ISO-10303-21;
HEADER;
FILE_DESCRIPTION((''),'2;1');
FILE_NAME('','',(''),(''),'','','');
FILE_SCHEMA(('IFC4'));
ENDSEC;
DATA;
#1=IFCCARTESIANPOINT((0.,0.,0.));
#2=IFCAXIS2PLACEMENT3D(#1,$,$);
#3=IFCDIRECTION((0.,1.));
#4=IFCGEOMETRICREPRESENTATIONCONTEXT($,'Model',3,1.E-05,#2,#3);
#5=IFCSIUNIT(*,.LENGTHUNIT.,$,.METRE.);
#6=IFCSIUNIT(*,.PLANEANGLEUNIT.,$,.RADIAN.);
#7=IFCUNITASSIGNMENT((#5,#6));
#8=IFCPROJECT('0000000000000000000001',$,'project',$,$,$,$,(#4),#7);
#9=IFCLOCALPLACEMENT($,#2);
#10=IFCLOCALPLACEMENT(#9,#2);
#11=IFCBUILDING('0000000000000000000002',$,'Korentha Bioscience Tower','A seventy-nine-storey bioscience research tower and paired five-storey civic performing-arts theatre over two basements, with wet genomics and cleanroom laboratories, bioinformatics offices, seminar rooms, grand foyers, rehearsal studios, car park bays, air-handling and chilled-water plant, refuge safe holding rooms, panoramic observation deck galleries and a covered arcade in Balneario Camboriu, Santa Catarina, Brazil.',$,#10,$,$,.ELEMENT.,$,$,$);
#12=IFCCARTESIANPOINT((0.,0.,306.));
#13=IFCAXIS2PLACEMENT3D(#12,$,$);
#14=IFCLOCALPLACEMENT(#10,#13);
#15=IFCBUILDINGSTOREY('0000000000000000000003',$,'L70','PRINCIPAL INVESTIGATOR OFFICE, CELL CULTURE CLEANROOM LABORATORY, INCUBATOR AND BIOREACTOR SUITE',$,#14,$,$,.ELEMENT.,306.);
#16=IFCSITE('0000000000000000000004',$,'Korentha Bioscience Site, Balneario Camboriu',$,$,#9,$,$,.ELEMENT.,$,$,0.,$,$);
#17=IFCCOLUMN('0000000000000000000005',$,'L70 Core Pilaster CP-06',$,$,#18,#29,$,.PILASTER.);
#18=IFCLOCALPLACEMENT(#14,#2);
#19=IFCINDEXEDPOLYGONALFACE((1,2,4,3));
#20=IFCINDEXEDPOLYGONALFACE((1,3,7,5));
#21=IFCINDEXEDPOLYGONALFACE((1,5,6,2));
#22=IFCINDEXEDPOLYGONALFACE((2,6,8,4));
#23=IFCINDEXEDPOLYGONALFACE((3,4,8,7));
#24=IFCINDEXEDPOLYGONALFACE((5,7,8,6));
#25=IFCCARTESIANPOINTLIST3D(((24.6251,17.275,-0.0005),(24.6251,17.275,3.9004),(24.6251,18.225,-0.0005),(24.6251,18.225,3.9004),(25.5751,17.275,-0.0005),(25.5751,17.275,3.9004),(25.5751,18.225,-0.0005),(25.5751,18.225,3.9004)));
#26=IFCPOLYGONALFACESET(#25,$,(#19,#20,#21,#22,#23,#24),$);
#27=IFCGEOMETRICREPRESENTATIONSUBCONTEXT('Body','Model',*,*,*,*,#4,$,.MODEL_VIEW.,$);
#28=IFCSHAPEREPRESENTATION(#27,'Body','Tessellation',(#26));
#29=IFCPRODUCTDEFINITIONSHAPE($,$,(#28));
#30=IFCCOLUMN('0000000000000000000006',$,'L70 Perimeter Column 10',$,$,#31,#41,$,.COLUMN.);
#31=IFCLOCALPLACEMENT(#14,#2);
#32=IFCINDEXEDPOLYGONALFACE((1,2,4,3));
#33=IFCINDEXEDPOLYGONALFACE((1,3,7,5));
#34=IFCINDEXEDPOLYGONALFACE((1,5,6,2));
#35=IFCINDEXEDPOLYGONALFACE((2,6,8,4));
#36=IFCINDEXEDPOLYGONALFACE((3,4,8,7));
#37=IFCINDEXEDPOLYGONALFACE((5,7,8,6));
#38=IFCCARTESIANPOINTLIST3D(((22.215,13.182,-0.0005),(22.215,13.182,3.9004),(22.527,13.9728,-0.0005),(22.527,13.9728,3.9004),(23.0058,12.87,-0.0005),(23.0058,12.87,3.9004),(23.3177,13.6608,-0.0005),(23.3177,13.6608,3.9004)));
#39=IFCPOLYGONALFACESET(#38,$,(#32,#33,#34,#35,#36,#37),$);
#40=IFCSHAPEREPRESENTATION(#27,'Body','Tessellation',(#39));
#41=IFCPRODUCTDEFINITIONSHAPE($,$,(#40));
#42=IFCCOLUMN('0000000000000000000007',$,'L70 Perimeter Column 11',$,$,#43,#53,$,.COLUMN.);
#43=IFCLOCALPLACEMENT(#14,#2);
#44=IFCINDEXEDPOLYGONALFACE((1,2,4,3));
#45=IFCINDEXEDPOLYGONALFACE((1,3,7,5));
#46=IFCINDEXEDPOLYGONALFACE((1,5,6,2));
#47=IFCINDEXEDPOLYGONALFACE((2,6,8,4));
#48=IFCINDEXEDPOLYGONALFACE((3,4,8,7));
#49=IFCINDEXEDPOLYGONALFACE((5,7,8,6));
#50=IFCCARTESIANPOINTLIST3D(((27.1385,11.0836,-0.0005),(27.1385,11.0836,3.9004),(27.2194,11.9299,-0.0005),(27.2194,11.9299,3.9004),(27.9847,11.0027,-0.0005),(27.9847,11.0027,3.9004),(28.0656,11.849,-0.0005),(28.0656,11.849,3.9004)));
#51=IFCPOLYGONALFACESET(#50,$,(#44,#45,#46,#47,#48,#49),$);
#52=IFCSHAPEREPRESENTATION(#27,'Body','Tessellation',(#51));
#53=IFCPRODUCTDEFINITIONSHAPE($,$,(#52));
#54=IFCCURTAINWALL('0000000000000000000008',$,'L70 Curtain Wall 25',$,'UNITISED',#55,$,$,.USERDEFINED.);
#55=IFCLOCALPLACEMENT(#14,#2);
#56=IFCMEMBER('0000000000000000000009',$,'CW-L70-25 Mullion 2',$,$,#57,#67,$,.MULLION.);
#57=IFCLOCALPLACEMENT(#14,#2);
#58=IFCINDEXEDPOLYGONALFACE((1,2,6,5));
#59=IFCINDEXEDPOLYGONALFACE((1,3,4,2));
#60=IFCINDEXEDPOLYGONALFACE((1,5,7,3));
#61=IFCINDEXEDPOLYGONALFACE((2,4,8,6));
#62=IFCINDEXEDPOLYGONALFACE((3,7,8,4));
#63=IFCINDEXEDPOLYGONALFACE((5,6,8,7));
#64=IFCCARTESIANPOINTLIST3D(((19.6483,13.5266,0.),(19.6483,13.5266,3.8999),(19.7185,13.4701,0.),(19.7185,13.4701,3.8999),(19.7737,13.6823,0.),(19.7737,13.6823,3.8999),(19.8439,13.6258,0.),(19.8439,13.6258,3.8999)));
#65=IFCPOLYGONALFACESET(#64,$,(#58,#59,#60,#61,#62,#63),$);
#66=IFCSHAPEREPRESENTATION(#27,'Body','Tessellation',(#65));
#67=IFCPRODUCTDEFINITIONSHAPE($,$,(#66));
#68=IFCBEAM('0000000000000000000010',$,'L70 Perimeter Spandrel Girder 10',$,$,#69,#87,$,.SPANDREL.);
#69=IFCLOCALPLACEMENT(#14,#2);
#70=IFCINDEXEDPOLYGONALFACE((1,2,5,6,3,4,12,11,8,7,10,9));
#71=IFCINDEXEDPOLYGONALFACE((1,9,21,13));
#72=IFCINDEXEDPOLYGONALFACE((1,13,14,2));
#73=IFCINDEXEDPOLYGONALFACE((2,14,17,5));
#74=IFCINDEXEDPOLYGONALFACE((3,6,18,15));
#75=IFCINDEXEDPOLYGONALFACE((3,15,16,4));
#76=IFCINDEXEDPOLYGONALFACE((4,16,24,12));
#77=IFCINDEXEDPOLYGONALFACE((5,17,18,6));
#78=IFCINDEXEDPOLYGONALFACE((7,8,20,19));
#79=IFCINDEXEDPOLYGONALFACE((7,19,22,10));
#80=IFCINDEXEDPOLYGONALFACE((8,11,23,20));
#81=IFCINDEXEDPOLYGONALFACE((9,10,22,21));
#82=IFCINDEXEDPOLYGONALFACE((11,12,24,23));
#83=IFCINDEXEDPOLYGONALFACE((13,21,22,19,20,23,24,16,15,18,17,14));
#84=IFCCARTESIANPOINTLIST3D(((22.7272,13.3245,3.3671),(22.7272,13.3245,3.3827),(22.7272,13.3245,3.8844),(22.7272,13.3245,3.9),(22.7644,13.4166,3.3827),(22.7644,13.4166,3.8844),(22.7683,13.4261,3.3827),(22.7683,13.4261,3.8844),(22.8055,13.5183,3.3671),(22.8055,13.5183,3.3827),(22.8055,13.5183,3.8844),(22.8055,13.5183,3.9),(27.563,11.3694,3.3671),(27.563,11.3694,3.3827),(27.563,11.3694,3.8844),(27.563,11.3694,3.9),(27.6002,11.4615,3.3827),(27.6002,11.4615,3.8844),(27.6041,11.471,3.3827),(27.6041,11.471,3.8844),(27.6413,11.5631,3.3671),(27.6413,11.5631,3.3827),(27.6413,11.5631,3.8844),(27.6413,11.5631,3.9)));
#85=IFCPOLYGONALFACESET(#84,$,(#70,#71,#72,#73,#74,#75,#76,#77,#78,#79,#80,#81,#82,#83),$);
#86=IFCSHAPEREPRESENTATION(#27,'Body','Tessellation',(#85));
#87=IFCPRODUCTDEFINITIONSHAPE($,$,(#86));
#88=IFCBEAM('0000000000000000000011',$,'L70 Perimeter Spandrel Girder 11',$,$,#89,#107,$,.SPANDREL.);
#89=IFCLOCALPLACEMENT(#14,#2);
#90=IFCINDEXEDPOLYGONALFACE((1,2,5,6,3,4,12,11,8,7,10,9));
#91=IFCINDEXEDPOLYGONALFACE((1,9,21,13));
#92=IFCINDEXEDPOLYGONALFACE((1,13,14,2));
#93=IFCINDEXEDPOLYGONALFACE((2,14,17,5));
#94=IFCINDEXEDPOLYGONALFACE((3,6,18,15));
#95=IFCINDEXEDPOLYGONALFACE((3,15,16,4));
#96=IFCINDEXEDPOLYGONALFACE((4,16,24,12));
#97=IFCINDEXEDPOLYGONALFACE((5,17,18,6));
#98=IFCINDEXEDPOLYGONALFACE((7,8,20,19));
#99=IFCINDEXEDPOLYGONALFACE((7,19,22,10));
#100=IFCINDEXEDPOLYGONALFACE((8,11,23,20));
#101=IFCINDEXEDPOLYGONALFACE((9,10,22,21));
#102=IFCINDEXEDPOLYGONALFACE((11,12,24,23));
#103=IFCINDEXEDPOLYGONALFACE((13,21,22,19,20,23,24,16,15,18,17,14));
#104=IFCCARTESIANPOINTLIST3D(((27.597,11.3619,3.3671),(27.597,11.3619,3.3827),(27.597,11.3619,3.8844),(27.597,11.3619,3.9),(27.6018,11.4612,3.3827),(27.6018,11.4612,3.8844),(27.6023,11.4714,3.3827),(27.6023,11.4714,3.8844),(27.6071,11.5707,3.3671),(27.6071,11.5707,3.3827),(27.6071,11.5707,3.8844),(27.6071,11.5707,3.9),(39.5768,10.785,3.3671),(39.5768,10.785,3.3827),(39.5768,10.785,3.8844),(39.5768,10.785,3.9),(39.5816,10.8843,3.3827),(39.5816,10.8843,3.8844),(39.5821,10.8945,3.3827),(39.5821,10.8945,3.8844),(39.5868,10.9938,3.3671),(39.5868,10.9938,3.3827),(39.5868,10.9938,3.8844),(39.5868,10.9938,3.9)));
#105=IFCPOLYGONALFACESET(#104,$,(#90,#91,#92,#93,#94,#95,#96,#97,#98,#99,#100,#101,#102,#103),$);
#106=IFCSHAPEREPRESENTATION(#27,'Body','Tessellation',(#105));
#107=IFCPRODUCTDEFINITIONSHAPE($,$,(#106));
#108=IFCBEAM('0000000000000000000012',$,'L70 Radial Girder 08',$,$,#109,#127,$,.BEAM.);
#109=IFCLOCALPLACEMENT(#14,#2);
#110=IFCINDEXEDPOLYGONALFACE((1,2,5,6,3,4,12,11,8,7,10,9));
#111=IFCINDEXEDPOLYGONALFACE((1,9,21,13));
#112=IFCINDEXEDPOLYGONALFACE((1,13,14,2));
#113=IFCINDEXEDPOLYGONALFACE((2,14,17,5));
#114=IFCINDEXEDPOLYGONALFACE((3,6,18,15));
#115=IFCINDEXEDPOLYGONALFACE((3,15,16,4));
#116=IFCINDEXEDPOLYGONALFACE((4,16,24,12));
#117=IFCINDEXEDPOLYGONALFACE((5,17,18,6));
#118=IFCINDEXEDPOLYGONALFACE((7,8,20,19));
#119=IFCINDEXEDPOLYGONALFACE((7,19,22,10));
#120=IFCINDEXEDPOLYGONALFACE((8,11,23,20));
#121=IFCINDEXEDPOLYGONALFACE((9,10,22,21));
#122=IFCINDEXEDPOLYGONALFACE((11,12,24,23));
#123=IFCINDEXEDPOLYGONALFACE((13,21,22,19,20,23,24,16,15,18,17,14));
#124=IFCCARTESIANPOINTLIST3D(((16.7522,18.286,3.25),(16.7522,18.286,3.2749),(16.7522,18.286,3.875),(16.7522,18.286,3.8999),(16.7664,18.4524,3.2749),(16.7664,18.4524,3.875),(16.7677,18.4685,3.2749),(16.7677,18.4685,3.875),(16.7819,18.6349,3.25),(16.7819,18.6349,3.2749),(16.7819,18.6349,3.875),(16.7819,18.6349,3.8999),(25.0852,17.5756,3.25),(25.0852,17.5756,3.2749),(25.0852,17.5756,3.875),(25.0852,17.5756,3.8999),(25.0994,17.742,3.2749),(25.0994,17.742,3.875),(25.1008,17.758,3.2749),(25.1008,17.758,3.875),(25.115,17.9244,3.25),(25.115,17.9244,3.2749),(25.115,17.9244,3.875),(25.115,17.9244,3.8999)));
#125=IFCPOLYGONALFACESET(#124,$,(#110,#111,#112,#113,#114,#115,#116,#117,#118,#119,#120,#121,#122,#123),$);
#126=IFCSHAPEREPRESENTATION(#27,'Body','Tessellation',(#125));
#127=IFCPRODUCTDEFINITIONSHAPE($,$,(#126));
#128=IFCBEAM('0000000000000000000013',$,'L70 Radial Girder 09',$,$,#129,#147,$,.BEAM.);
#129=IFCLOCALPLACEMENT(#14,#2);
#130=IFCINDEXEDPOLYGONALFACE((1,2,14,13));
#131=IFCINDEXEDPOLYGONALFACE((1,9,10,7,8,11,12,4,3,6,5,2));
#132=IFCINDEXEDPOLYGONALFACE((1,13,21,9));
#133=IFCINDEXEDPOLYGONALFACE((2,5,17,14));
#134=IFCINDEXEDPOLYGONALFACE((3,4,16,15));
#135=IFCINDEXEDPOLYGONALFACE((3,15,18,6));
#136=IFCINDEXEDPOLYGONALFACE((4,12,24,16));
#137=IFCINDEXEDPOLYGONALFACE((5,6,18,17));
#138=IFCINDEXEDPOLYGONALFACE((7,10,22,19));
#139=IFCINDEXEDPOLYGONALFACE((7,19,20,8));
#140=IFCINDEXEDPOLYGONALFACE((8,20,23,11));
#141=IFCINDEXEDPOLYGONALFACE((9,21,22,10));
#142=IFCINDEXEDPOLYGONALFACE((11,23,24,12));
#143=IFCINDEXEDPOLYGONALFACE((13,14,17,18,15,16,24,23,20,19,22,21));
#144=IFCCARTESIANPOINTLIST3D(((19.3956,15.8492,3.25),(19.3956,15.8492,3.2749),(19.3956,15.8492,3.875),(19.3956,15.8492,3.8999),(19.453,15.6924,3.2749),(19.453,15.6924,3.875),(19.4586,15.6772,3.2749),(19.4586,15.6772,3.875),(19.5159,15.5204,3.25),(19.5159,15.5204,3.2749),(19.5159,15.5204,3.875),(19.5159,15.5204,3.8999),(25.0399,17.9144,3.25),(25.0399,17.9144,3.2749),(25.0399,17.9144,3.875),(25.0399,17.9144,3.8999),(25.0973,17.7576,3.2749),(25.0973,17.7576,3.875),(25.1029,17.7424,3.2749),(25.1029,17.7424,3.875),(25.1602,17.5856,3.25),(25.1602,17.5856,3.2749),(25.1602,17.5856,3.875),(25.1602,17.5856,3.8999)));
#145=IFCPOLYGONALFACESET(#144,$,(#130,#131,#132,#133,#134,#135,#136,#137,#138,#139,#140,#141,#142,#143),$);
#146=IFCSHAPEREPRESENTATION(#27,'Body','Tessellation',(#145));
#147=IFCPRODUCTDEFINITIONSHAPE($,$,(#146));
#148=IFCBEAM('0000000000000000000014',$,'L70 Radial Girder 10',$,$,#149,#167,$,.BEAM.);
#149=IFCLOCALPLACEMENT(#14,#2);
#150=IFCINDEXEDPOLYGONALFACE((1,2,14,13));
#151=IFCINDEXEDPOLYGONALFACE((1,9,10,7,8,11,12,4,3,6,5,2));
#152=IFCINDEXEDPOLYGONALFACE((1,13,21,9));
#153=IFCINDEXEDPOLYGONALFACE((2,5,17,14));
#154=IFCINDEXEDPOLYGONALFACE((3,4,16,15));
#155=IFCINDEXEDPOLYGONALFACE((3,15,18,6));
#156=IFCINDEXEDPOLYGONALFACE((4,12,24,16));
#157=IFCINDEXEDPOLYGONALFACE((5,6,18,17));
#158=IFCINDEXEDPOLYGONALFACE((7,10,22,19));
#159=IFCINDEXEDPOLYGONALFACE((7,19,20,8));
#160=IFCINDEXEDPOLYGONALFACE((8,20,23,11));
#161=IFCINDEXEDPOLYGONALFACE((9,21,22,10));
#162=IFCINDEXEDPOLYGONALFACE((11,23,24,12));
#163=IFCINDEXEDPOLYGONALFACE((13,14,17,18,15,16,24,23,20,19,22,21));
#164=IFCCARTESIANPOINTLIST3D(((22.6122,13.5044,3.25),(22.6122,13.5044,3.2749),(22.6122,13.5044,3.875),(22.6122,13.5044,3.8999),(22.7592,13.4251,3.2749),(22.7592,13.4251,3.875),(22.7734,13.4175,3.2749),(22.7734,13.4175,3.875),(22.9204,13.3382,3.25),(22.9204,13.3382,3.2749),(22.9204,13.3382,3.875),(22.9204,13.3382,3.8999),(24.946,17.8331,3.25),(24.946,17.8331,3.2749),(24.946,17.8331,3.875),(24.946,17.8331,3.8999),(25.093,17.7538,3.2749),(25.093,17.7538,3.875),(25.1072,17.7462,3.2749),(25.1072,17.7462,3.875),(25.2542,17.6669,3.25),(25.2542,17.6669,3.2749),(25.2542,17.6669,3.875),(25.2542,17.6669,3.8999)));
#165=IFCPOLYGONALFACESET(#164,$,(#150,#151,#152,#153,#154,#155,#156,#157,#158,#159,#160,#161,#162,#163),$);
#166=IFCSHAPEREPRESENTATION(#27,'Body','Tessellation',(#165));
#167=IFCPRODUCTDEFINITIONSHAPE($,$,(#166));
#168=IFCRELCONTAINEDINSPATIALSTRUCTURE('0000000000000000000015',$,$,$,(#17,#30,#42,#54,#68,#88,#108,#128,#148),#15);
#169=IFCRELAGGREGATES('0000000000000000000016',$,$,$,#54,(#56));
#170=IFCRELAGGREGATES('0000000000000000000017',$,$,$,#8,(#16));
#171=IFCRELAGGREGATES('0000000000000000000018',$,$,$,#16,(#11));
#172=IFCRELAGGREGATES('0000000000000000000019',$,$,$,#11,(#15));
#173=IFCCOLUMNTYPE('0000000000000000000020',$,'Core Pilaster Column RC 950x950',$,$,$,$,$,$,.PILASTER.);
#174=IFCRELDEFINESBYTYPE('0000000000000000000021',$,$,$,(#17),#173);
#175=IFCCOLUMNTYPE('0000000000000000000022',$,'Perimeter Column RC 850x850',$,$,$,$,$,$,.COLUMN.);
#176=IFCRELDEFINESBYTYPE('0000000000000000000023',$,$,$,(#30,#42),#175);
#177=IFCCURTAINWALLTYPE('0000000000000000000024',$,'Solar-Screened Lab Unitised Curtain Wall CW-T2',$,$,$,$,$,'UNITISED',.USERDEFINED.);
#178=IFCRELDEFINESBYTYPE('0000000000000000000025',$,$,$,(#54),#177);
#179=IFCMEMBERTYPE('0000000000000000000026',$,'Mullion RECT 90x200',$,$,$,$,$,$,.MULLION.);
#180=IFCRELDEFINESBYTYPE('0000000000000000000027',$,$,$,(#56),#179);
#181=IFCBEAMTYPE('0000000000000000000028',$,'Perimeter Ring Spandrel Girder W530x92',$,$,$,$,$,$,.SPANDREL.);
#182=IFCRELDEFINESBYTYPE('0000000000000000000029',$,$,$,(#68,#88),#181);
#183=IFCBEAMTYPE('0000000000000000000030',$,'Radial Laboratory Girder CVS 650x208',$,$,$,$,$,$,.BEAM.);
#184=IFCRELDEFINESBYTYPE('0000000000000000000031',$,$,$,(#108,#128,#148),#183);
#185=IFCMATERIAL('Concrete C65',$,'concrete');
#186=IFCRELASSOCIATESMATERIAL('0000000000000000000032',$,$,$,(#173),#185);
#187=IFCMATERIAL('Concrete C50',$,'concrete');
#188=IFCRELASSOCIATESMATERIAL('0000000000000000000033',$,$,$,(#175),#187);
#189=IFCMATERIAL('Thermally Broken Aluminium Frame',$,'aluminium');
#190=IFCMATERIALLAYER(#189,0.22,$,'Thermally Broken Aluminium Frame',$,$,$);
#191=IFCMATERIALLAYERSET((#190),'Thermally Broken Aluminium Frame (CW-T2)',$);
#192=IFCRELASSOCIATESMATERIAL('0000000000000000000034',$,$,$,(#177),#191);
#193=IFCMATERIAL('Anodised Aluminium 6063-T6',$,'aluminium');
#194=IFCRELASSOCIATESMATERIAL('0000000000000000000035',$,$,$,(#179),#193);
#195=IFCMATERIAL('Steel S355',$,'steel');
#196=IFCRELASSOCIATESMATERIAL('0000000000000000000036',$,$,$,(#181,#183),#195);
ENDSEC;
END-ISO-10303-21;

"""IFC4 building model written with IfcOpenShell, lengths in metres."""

from ifc_helpers import new_model, si_unit, direction, frame, origin, origin_2d, place, context, subcontext, project, spatial, rectangle, i_section, extrude, material, layer, layer_set, material_profile, profile_set, type_object, element, aggregate, save


model = new_model("IFC4")

# Units and contexts
model_context = context("Model", 3, precision=1e-05, world=origin(), true_north=direction((0.0, 1.0)))
body_context = subcontext(model_context, "Body", "Model", "MODEL_VIEW")
ifc_project = project(units=[si_unit("LENGTHUNIT", "METRE"), si_unit("PLANEANGLEUNIT", "RADIAN")], contexts=[model_context])

# Site, building, storey
site_placement = place(None, origin())
site = spatial("IfcSite", under=ifc_project, at=site_placement, Name="Korentha Bioscience Site, Balneario Camboriu", CompositionType="ELEMENT", RefElevation=0.0)
building_placement = place(site_placement, origin())
building = spatial("IfcBuilding", under=site, at=building_placement, Name="Korentha Bioscience Tower", Description="A seventy-nine-storey bioscience research tower and paired five-storey civic performing-arts theatre over two basements, with wet genomics and cleanroom laboratories, bioinformatics offices, seminar rooms, grand foyers, rehearsal studios, car park bays, air-handling and chilled-water plant, refuge safe holding rooms, panoramic observation deck galleries and a covered arcade in Balneario Camboriu, Santa Catarina, Brazil.", CompositionType="ELEMENT")
storey_placement = place(building_placement, frame((0.0, 0.0, 306.0)))
storey = spatial("IfcBuildingStorey", under=building, at=storey_placement, Name="L70", Description="PRINCIPAL INVESTIGATOR OFFICE, CELL CULTURE CLEANROOM LABORATORY, INCUBATOR AND BIOREACTOR SUITE", CompositionType="ELEMENT", Elevation=306.0)

# Columns
ifc_material_1 = material(Name="Concrete C65", Category="concrete")
ifc_material_profile_1 = material_profile(ifc_material_1, rectangle(XDim=0.95, YDim=0.95, at=origin_2d()), Name="Concrete C65")
ifc_profile_set_1 = profile_set([ifc_material_profile_1], Name="Concrete C65 (COL-CP09)")
column_type_1 = type_object("IfcColumnType", Name="Core Pilaster Column RC 950x950", PredefinedType="PILASTER", material=ifc_profile_set_1)
column_placement = place(storey_placement, frame((25.1001, 17.75, -0.0005), z_axis=(0.0, 0.0, 1.0), x_axis=(1.0, 0.0, 0.0)))
element("IfcColumn", 1, at=column_placement, inside=storey, type_object=column_type_1, Name="L70 Core Pilaster CP-06", PredefinedType="PILASTER", context=body_context, shape_type="SweptSolid", body=[
    extrude(rectangle(XDim=0.95, YDim=0.95, at=origin_2d()), origin(), (0.0, 0.0, 1.0), 3.9009),
])
ifc_material_2 = material(Name="Concrete C50", Category="concrete")
ifc_material_profile_2 = material_profile(ifc_material_2, rectangle(XDim=0.8501, YDim=0.8501, at=origin_2d()), Name="Concrete C50")
ifc_profile_set_2 = profile_set([ifc_material_profile_2], Name="Concrete C50 (COL-P08)")
column_type_2 = type_object("IfcColumnType", Name="Perimeter Column RC 850x850", PredefinedType="COLUMN", material=ifc_profile_set_2)
for number, where, z_axis, x_axis, name in (
    (2, (22.7664, 13.4214, -0.0005), (0.0, 0.0, 1.0), (-0.930226, 0.366988, 0.0), "L70 Perimeter Column 10"),
    (3, (27.6021, 11.4663, -0.0005), (0.0, 0.0, 1.0), (-0.995463, 0.095151, 0.0), "L70 Perimeter Column 11"),
):
    element("IfcColumn", number, at=place(storey_placement, frame(where, z_axis=z_axis, x_axis=x_axis)), inside=storey, type_object=column_type_2, Name=name, PredefinedType="COLUMN", context=body_context, shape_type="SweptSolid", body=[
        extrude(rectangle(XDim=0.8501, YDim=0.8501, at=origin_2d()), origin(), (0.0, 0.0, 1.0), 3.9009),
    ])

# Curtain wall, member
ifc_material_3 = material(Name="Thermally Broken Aluminium Frame", Category="aluminium")
ifc_layer_1 = layer(ifc_material_3, 0.22, Name="Thermally Broken Aluminium Frame")
ifc_layer_set_1 = layer_set([ifc_layer_1], Name="Thermally Broken Aluminium Frame (CW-T2)")
curtain_wall_type = type_object("IfcCurtainWallType", Name="Solar-Screened Lab Unitised Curtain Wall CW-T2", ElementType="UNITISED", PredefinedType="USERDEFINED", material=ifc_layer_set_1)
curtain_wall_placement = place(storey_placement, origin())
curtain_wall = element("IfcCurtainWall", 4, at=curtain_wall_placement, inside=storey, type_object=curtain_wall_type, Name="L70 Curtain Wall 25", ObjectType="UNITISED", PredefinedType="USERDEFINED")
ifc_material_4 = material(Name="Anodised Aluminium 6063-T6", Category="aluminium")
ifc_material_profile_3 = material_profile(ifc_material_4, rectangle(XDim=0.0901, YDim=0.2, at=origin_2d()), Name="Anodised Aluminium 6063-T6")
ifc_profile_set_3 = profile_set([ifc_material_profile_3], Name="Anodised Aluminium 6063-T6 (CW-MUL)")
member_type = type_object("IfcMemberType", Name="Mullion RECT 90x200", PredefinedType="MULLION", material=ifc_profile_set_3)
member_placement = place(storey_placement, frame((19.7461, 13.5762, 0.0), z_axis=(0.0, 0.0, 1.0), x_axis=(0.778807, -0.627264, 0.0)))
member = element("IfcMember", 5, at=member_placement, type_object=member_type, Name="CW-L70-25 Mullion 2", PredefinedType="MULLION", context=body_context, shape_type="SweptSolid", body=[
    extrude(rectangle(XDim=0.0901, YDim=0.2, at=origin_2d()), origin(), (0.0, 0.0, 1.0), 3.8999),
])
aggregate(curtain_wall, [member])

# Beams
ifc_material_5 = material(Name="Steel S355", Category="steel")
ifc_material_profile_4 = material_profile(ifc_material_5, i_section(OverallWidth=0.209, OverallDepth=0.533, WebThickness=0.0103, FlangeThickness=0.0156, at=origin_2d()), Name="Steel S355")
ifc_profile_set_4 = profile_set([ifc_material_profile_4], Name="Steel S355 (SB-530)")
beam_type_1 = type_object("IfcBeamType", Name="Perimeter Ring Spandrel Girder W530x92", PredefinedType="SPANDREL", material=ifc_profile_set_4)
beam_1_placement = place(storey_placement, frame((22.7664, 13.4214, 3.6335), z_axis=(0.927095, -0.374826, 0.0), x_axis=(0.374826, 0.927095, 0.0)))
element("IfcBeam", 6, at=beam_1_placement, inside=storey, type_object=beam_type_1, Name="L70 Perimeter Spandrel Girder 10", PredefinedType="SPANDREL", context=body_context, shape_type="SweptSolid", body=[
    extrude(i_section(OverallWidth=0.209, OverallDepth=0.533, WebThickness=0.0103, FlangeThickness=0.0156, at=origin_2d()), origin(), (0.0, 0.0, 1.0), 5.2161),
])
beam_2_placement = place(storey_placement, frame((27.6021, 11.4663, 3.6335), z_axis=(0.998842, -0.048101, 0.0), x_axis=(0.048101, 0.998842, 0.0)))
element("IfcBeam", 7, at=beam_2_placement, inside=storey, type_object=beam_type_1, Name="L70 Perimeter Spandrel Girder 11", PredefinedType="SPANDREL", context=body_context, shape_type="SweptSolid", body=[
    extrude(i_section(OverallWidth=0.209, OverallDepth=0.533, WebThickness=0.0103, FlangeThickness=0.0156, at=origin_2d()), origin(), (0.0, 0.0, 1.0), 11.9937),
])
ifc_material_profile_5 = material_profile(ifc_material_5, i_section(OverallWidth=0.3501, OverallDepth=0.6499, WebThickness=0.0161, FlangeThickness=0.0249, at=origin_2d()), Name="Steel S355")
ifc_profile_set_5 = profile_set([ifc_material_profile_5], Name="Steel S355 (RB-650)")
beam_type_2 = type_object("IfcBeamType", Name="Radial Laboratory Girder CVS 650x208", PredefinedType="BEAM", material=ifc_profile_set_5)
beam_3_placement = place(storey_placement, frame((25.1001, 17.75, 3.575), z_axis=(-0.996385, 0.084949, 0.0), x_axis=(-0.084949, -0.996385, 0.0)))
element("IfcBeam", 8, at=beam_3_placement, inside=storey, type_object=beam_type_2, Name="L70 Radial Girder 08", PredefinedType="BEAM", context=body_context, shape_type="SweptSolid", body=[
    extrude(i_section(OverallWidth=0.3501, OverallDepth=0.6499, WebThickness=0.0161, FlangeThickness=0.0249, at=origin_2d()), origin(), (0.0, 0.0, 1.0), 8.3633),
])
beam_4_placement = place(storey_placement, frame((25.1001, 17.75, 3.575), z_axis=(-0.939112, -0.343611, 0.0), x_axis=(0.343611, -0.939112, 0.0)))
element("IfcBeam", 9, at=beam_4_placement, inside=storey, type_object=beam_type_2, Name="L70 Radial Girder 09", PredefinedType="BEAM", context=body_context, shape_type="SweptSolid", body=[
    extrude(i_section(OverallWidth=0.3501, OverallDepth=0.6499, WebThickness=0.0161, FlangeThickness=0.0249, at=origin_2d()), origin(), (0.0, 0.0, 1.0), 6.0103),
])
beam_5_placement = place(storey_placement, frame((25.1001, 17.75, 3.575), z_axis=(-0.474565, -0.880221, 0.0), x_axis=(0.880221, -0.474565, 0.0)))
element("IfcBeam", 10, at=beam_5_placement, inside=storey, type_object=beam_type_2, Name="L70 Radial Girder 10", PredefinedType="BEAM", context=body_context, shape_type="SweptSolid", body=[
    extrude(i_section(OverallWidth=0.3501, OverallDepth=0.6499, WebThickness=0.0161, FlangeThickness=0.0249, at=origin_2d()), origin(), (0.0, 0.0, 1.0), 4.9177),
])

save(model, "model.ifc")
